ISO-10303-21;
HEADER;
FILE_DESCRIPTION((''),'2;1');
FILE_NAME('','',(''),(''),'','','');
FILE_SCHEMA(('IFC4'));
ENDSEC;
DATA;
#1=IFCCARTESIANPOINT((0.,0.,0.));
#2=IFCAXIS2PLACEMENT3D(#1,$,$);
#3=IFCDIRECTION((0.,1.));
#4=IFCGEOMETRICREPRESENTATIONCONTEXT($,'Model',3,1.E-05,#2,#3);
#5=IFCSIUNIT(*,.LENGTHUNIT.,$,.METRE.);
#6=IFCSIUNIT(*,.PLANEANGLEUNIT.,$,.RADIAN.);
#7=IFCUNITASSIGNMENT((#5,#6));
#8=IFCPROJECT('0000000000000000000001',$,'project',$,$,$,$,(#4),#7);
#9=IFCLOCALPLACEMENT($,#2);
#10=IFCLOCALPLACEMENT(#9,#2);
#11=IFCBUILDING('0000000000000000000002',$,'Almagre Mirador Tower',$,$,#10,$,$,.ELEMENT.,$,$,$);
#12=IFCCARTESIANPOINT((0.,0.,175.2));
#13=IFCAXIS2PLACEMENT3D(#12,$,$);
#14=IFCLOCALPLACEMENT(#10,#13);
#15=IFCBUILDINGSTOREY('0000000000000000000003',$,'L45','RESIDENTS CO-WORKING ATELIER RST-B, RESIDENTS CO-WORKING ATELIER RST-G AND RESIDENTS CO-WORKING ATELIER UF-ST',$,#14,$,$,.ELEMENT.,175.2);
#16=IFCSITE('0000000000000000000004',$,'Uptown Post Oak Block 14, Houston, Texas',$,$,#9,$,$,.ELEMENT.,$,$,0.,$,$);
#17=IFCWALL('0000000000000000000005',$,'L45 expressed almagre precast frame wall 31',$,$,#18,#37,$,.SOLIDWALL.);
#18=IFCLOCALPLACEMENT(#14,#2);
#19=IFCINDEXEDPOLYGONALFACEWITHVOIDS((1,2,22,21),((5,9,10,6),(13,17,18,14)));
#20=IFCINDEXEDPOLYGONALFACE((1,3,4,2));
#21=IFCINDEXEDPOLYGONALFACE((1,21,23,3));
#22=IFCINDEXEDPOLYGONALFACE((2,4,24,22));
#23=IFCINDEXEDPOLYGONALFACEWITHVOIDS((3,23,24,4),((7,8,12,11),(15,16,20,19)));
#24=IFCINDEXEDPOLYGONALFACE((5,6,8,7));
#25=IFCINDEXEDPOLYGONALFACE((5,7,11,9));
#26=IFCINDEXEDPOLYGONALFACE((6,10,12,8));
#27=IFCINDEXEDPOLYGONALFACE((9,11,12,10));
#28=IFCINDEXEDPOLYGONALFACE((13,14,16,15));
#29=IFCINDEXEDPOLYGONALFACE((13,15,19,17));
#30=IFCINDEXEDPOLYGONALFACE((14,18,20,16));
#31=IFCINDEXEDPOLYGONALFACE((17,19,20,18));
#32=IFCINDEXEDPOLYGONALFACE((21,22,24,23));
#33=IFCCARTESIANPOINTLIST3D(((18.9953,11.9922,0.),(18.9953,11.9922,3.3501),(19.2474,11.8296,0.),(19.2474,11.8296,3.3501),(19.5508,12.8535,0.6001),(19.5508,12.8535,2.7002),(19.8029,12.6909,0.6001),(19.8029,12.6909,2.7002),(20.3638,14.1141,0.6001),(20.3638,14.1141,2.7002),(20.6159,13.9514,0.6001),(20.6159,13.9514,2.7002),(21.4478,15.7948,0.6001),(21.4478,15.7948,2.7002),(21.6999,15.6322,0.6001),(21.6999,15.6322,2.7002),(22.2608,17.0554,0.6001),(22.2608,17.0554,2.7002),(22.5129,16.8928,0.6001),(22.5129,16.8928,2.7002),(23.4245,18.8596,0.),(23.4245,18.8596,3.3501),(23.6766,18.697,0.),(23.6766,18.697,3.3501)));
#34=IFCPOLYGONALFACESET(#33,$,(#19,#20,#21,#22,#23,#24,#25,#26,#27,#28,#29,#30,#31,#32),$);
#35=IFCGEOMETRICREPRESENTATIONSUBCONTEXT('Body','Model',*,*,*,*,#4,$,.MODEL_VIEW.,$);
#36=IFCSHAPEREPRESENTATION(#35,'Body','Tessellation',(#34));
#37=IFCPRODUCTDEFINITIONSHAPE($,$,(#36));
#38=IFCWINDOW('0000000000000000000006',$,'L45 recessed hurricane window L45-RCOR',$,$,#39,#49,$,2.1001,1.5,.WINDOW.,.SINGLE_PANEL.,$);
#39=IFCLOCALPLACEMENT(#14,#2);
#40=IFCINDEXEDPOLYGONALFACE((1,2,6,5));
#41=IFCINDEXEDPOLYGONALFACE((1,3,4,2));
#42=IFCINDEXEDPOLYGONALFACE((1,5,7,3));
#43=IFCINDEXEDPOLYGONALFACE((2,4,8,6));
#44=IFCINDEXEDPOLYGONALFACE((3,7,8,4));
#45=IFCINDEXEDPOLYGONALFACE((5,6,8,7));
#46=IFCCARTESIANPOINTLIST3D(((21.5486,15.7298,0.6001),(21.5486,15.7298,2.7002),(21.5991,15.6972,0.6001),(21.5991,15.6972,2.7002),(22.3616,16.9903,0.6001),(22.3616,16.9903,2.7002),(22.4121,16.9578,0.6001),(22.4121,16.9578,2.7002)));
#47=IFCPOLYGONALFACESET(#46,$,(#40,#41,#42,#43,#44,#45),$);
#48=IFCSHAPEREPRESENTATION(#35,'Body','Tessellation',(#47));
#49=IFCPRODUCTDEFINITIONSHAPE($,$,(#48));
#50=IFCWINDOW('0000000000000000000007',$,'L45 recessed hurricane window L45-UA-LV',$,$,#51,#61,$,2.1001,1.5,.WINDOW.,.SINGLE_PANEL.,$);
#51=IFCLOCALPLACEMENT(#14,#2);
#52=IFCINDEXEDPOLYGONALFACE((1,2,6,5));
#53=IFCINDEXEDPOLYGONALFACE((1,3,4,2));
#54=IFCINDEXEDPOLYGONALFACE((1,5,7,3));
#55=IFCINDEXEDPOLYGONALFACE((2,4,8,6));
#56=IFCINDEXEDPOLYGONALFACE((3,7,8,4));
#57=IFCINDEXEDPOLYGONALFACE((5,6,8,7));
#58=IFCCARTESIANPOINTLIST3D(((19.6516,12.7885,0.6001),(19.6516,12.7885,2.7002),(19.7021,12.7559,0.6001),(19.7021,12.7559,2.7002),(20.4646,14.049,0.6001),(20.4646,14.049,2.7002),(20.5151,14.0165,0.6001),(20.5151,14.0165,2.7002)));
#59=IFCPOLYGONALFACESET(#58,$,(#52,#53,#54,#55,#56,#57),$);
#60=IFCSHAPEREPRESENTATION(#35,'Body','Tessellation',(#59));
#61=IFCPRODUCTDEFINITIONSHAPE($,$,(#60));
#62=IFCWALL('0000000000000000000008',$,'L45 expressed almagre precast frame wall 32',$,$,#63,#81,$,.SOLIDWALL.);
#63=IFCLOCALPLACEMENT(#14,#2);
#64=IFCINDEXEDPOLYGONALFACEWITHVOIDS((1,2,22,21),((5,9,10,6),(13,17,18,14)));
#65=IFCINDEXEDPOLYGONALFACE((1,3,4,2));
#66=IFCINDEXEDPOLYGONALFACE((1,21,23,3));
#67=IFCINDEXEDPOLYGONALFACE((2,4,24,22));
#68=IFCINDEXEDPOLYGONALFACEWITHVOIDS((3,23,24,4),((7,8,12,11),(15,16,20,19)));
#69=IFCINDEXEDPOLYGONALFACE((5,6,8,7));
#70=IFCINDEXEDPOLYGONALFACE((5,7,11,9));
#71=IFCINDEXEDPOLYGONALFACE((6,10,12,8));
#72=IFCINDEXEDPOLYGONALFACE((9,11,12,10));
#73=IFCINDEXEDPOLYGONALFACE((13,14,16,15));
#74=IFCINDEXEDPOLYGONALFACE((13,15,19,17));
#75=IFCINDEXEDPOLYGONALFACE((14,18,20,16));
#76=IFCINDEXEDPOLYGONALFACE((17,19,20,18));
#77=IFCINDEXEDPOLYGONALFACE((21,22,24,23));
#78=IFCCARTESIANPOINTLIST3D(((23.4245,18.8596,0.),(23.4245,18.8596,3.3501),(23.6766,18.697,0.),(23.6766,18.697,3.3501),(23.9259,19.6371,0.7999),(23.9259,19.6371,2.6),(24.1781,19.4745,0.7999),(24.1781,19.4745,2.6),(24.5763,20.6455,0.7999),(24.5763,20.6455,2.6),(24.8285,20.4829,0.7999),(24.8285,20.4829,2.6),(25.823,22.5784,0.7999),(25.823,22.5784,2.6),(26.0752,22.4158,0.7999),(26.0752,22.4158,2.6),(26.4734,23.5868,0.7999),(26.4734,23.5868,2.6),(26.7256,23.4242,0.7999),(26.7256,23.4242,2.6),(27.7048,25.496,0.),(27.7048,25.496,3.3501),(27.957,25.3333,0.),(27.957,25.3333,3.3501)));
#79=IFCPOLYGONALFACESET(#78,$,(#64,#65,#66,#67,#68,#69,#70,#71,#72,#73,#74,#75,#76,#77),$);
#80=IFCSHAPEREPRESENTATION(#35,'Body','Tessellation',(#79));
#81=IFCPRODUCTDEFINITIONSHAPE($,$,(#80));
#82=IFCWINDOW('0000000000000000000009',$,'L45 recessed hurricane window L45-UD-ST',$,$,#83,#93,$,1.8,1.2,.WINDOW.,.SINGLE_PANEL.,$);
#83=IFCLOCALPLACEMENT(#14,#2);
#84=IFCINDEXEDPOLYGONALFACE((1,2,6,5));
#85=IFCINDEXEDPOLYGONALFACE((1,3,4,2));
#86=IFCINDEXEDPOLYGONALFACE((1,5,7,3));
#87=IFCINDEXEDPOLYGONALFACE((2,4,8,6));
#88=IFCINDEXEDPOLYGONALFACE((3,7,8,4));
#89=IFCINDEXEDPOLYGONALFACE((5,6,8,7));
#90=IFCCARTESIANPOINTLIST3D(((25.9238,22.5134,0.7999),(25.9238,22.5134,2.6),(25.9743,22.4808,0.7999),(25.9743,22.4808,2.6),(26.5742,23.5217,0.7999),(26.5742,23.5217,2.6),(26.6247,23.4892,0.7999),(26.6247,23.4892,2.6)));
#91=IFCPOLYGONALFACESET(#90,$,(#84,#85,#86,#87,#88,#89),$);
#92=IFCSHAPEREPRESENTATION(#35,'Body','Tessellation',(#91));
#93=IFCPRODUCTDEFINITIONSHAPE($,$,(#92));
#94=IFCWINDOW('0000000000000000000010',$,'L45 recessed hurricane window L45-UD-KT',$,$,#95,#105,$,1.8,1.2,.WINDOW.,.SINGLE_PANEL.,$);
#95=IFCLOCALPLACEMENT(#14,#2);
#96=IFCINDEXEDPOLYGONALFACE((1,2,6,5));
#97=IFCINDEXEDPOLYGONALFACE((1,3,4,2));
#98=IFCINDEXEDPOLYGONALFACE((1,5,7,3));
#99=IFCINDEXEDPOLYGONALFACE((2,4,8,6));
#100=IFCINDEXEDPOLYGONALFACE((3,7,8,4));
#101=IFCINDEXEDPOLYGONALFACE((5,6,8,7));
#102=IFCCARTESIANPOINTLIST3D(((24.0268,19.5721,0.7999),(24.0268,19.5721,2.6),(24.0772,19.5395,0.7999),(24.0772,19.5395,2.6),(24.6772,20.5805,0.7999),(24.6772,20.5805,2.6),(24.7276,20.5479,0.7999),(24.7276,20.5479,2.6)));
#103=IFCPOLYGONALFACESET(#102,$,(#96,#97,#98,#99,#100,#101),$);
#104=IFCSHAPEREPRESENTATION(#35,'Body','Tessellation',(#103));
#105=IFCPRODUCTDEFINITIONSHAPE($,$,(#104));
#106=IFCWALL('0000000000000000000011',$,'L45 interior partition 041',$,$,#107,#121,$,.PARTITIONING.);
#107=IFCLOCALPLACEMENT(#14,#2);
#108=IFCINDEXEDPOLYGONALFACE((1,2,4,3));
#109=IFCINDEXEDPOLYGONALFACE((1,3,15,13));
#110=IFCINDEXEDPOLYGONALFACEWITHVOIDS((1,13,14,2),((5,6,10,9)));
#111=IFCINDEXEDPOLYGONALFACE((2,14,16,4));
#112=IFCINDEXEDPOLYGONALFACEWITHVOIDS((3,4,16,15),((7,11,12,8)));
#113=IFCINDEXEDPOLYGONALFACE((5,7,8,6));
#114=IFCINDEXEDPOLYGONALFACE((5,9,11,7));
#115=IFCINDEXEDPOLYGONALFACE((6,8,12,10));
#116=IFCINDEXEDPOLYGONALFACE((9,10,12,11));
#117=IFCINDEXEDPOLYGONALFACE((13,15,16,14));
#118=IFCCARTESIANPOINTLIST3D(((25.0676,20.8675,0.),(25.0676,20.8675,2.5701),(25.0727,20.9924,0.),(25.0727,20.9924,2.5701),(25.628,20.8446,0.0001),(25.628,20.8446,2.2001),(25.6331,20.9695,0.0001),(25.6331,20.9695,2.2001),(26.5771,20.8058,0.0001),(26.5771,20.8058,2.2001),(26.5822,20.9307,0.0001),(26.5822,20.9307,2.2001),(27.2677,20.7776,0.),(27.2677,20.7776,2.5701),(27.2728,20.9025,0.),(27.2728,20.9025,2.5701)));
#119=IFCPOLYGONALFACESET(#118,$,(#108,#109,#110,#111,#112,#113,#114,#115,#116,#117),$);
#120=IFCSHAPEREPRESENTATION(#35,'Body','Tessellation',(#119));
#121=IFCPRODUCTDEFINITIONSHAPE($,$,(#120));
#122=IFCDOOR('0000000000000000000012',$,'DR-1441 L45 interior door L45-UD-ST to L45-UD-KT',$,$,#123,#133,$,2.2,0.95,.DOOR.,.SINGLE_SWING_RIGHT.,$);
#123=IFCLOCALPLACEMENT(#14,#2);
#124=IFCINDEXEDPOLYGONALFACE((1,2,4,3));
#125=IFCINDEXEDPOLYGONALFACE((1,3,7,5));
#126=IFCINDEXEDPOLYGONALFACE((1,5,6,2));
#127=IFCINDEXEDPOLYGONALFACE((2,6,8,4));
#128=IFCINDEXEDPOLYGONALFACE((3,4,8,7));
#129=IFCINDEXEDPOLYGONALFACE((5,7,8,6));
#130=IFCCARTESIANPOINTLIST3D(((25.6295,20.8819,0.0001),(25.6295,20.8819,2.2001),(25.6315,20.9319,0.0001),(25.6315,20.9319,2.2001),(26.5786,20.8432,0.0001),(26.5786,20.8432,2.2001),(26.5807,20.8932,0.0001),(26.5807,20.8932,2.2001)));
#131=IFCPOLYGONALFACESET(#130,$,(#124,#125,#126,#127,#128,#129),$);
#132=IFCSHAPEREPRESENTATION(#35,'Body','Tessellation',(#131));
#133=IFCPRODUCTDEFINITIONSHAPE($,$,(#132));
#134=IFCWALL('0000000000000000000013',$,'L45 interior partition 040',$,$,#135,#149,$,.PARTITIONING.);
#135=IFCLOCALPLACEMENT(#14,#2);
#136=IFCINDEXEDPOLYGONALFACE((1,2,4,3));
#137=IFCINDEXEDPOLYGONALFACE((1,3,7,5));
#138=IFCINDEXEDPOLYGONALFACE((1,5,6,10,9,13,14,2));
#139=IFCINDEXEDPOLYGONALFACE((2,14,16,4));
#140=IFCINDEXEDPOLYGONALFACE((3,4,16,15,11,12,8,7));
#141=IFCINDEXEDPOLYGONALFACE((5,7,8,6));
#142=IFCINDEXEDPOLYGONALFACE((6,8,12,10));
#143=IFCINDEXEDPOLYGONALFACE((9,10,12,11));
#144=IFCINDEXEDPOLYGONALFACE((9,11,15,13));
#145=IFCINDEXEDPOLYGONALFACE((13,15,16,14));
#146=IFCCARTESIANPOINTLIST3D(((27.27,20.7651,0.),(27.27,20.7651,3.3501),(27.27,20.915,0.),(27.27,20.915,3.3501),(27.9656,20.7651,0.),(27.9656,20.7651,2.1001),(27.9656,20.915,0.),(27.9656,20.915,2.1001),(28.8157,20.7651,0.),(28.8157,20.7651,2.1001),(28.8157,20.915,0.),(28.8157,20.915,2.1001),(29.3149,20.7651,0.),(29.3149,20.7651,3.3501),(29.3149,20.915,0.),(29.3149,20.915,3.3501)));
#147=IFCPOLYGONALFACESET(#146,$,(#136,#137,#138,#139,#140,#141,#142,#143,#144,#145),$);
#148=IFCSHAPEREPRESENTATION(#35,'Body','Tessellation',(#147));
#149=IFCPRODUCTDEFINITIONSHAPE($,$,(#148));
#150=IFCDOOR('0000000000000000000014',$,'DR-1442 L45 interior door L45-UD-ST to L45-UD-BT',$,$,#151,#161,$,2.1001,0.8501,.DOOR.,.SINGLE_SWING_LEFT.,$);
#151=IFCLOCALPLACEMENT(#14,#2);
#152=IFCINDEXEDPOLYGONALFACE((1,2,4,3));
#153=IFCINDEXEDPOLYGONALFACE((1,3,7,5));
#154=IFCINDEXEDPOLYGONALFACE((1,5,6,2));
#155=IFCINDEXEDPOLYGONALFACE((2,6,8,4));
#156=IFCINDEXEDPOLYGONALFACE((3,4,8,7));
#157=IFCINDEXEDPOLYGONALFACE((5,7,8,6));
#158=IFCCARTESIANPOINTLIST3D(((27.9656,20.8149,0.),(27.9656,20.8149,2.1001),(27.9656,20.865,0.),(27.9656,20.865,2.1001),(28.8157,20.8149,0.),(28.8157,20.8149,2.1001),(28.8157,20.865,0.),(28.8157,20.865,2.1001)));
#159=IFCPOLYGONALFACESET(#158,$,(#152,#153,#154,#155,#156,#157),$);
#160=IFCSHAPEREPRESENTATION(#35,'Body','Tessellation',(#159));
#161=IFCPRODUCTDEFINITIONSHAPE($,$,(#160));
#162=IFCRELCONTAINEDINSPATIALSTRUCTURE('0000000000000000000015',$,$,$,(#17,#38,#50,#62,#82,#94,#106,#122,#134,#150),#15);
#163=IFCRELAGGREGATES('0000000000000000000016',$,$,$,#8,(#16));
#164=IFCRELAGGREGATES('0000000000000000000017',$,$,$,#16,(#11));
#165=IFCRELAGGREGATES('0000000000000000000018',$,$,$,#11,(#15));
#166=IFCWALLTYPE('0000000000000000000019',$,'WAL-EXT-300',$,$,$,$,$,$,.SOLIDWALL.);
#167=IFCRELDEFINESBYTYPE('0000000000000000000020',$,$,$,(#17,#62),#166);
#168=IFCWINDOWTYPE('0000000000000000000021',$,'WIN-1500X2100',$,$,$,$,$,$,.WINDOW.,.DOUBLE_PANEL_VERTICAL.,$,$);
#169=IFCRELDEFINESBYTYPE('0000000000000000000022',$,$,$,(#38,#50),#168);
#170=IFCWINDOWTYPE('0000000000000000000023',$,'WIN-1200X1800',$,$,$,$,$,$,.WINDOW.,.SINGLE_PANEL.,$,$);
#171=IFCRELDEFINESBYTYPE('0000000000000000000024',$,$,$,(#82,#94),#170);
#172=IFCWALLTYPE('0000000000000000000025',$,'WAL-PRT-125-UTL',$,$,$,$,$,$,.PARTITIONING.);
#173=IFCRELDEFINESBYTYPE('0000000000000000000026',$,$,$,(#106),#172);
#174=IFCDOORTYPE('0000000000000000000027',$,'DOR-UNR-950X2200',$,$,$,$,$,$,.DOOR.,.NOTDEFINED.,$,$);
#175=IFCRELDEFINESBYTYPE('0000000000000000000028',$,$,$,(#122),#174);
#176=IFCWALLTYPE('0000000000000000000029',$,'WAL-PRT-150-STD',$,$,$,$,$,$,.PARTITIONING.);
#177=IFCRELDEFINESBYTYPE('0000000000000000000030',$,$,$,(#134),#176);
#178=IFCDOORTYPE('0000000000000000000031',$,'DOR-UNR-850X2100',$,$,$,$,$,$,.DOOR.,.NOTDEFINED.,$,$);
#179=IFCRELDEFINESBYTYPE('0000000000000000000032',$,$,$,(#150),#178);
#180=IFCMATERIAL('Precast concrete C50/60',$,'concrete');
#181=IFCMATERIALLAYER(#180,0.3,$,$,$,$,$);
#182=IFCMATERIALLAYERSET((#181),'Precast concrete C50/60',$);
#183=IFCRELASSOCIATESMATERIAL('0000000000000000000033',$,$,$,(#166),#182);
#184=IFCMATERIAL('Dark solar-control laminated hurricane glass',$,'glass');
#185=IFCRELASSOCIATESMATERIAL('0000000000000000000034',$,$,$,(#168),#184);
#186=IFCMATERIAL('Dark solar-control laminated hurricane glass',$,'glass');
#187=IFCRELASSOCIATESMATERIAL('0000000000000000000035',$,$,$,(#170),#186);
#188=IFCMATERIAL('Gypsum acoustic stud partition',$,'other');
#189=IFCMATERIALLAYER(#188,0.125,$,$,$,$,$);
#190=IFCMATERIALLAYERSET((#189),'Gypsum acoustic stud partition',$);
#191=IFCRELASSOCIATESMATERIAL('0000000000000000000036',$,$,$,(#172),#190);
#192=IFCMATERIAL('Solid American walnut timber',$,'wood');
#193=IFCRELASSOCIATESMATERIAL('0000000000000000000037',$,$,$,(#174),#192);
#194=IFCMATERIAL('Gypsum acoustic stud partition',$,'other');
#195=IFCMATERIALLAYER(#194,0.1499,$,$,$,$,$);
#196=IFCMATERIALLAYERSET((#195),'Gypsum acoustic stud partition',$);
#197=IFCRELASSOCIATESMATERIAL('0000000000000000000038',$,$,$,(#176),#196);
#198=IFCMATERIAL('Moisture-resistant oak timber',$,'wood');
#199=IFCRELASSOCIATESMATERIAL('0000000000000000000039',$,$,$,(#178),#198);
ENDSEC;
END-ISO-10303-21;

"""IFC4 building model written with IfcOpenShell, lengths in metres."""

from ifc_helpers import new_model, si_unit, direction, frame, frame_2d, origin, place, context, subcontext, project, spatial, rectangle, extrude, material, layer, layer_set, type_object, element, fill, save


model = new_model("IFC4")

# Units and contexts
model_context = context("Model", 3, precision=1e-05, world=origin(), true_north=direction((0.0, 1.0)))
body_context = subcontext(model_context, "Body", "Model", "MODEL_VIEW")
ifc_project = project(units=[si_unit("LENGTHUNIT", "METRE"), si_unit("PLANEANGLEUNIT", "RADIAN")], contexts=[model_context])

# Site, building, storey
site_placement = place(None, origin())
site = spatial("IfcSite", under=ifc_project, at=site_placement, Name="Uptown Post Oak Block 14, Houston, Texas", CompositionType="ELEMENT", RefElevation=0.0)
building_placement = place(site_placement, origin())
building = spatial("IfcBuilding", under=site, at=building_placement, Name="Almagre Mirador Tower", CompositionType="ELEMENT")
storey_placement = place(building_placement, frame((0.0, 0.0, 175.2)))
storey = spatial("IfcBuildingStorey", under=building, at=storey_placement, Name="L45", Description="RESIDENTS CO-WORKING ATELIER RST-B, RESIDENTS CO-WORKING ATELIER RST-G AND RESIDENTS CO-WORKING ATELIER UF-ST", CompositionType="ELEMENT", Elevation=175.2)

# Walls, openings, windows
ifc_material_1 = material(Name="Precast concrete C50/60", Category="concrete")
ifc_layer_1 = layer(ifc_material_1, 0.3)
ifc_layer_set_1 = layer_set([ifc_layer_1], Name="Precast concrete C50/60")
wall_type_1 = type_object("IfcWallType", Name="WAL-EXT-300", PredefinedType="SOLIDWALL", material=ifc_layer_set_1)
wall_1_placement = place(storey_placement, frame((19.1213, 11.9109, 0.0), z_axis=(0.0, 0.0, 1.0), x_axis=(0.542006, 0.840375, 0.0)))
wall_1 = element("IfcWall", 1, at=wall_1_placement, inside=storey, type_object=wall_type_1, Name="L45 expressed almagre precast frame wall 31", PredefinedType="SOLIDWALL", context=body_context, shape_type="SweptSolid", body=[
    extrude(rectangle(XDim=8.1719, YDim=0.3, at=frame_2d((4.0859, 0.0))), origin(), (0.0, 0.0, 1.0), 3.3501),
])
opening_1_placement = place(wall_1_placement, frame((4.5249, 0.0, 0.6001)))
opening_1 = element("IfcOpeningElement", 2, at=opening_1_placement, cuts=wall_1, PredefinedType="OPENING", context=body_context, shape_type="SweptSolid", body=[
    extrude(rectangle(XDim=1.5, YDim=2.1001, at=frame_2d((0.75, 1.05))), frame((0.0, 0.1599, 0.0), z_axis=(0.0, -1.0, 0.0), x_axis=(1.0, 0.0, 0.0)), (0.0, 0.0, 1.0), 0.32),
])
opening_2_placement = place(wall_1_placement, frame((1.0249, 0.0, 0.6001)))
opening_2 = element("IfcOpeningElement", 3, at=opening_2_placement, cuts=wall_1, PredefinedType="OPENING", context=body_context, shape_type="SweptSolid", body=[
    extrude(rectangle(XDim=1.5, YDim=2.1001, at=frame_2d((0.75, 1.05))), frame((0.0, 0.1599, 0.0), z_axis=(0.0, -1.0, 0.0), x_axis=(1.0, 0.0, 0.0)), (0.0, 0.0, 1.0), 0.32),
])
ifc_material_2 = material(Name="Dark solar-control laminated hurricane glass", Category="glass")
window_type_1 = type_object("IfcWindowType", Name="WIN-1500X2100", PartitioningType="DOUBLE_PANEL_VERTICAL", PredefinedType="WINDOW", material=ifc_material_2)
window_1_placement = place(opening_1_placement, origin())
window_1 = element("IfcWindow", 4, at=window_1_placement, inside=storey, type_object=window_type_1, Name="L45 recessed hurricane window L45-RCOR", OverallHeight=2.1001, OverallWidth=1.5, PartitioningType="SINGLE_PANEL", PredefinedType="WINDOW", context=body_context, shape_type="SweptSolid", body=[
    extrude(rectangle(XDim=1.5, YDim=2.1001, at=frame_2d((0.75, 1.05))), frame((0.0, 0.03, 0.0), z_axis=(0.0, -1.0, 0.0), x_axis=(1.0, 0.0, 0.0)), (0.0, 0.0, 1.0), 0.0601),
])
fill(opening_1, window_1)
window_2_placement = place(opening_2_placement, origin())
window_2 = element("IfcWindow", 5, at=window_2_placement, inside=storey, type_object=window_type_1, Name="L45 recessed hurricane window L45-UA-LV", OverallHeight=2.1001, OverallWidth=1.5, PartitioningType="SINGLE_PANEL", PredefinedType="WINDOW", context=body_context, shape_type="SweptSolid", body=[
    extrude(rectangle(XDim=1.5, YDim=2.1001, at=frame_2d((0.75, 1.05))), frame((0.0, 0.03, 0.0), z_axis=(0.0, -1.0, 0.0), x_axis=(1.0, 0.0, 0.0)), (0.0, 0.0, 1.0), 0.0601),
])
fill(opening_2, window_2)
wall_2_placement = place(storey_placement, frame((23.5505, 18.7783, 0.0), z_axis=(0.0, 0.0, 1.0), x_axis=(0.542023, 0.840364, 0.0)))
wall_2 = element("IfcWall", 6, at=wall_2_placement, inside=storey, type_object=wall_type_1, Name="L45 expressed almagre precast frame wall 32", PredefinedType="SOLIDWALL", context=body_context, shape_type="SweptSolid", body=[
    extrude(rectangle(XDim=7.897, YDim=0.3, at=frame_2d((3.9485, 0.0))), origin(), (0.0, 0.0, 1.0), 3.3501),
])
opening_3_placement = place(wall_2_placement, frame((4.425, 0.0, 0.8)))
opening_3 = element("IfcOpeningElement", 7, at=opening_3_placement, cuts=wall_2, PredefinedType="OPENING", context=body_context, shape_type="SweptSolid", body=[
    extrude(rectangle(XDim=1.2, YDim=1.8, at=frame_2d((0.6001, 0.8999))), frame((0.0, 0.1599, 0.0), z_axis=(0.0, -1.0, 0.0), x_axis=(1.0, 0.0, 0.0)), (0.0, 0.0, 1.0), 0.32),
])
opening_4_placement = place(wall_2_placement, frame((0.925, 0.0, 0.8)))
opening_4 = element("IfcOpeningElement", 8, at=opening_4_placement, cuts=wall_2, PredefinedType="OPENING", context=body_context, shape_type="SweptSolid", body=[
    extrude(rectangle(XDim=1.2, YDim=1.8, at=frame_2d((0.6001, 0.8999))), frame((0.0, 0.1599, 0.0), z_axis=(0.0, -1.0, 0.0), x_axis=(1.0, 0.0, 0.0)), (0.0, 0.0, 1.0), 0.32),
])
ifc_material_3 = material(Name="Dark solar-control laminated hurricane glass", Category="glass")
window_type_2 = type_object("IfcWindowType", Name="WIN-1200X1800", PartitioningType="SINGLE_PANEL", PredefinedType="WINDOW", material=ifc_material_3)
window_3_placement = place(opening_3_placement, origin())
window_3 = element("IfcWindow", 9, at=window_3_placement, inside=storey, type_object=window_type_2, Name="L45 recessed hurricane window L45-UD-ST", OverallHeight=1.8, OverallWidth=1.2, PartitioningType="SINGLE_PANEL", PredefinedType="WINDOW", context=body_context, shape_type="SweptSolid", body=[
    extrude(rectangle(XDim=1.2, YDim=1.8, at=frame_2d((0.6001, 0.8999))), frame((0.0, 0.03, 0.0), z_axis=(0.0, -1.0, 0.0), x_axis=(1.0, 0.0, 0.0)), (0.0, 0.0, 1.0), 0.0601),
])
fill(opening_3, window_3)
window_4_placement = place(opening_4_placement, origin())
window_4 = element("IfcWindow", 10, at=window_4_placement, inside=storey, type_object=window_type_2, Name="L45 recessed hurricane window L45-UD-KT", OverallHeight=1.8, OverallWidth=1.2, PartitioningType="SINGLE_PANEL", PredefinedType="WINDOW", context=body_context, shape_type="SweptSolid", body=[
    extrude(rectangle(XDim=1.2, YDim=1.8, at=frame_2d((0.6001, 0.8999))), frame((0.0, 0.03, 0.0), z_axis=(0.0, -1.0, 0.0), x_axis=(1.0, 0.0, 0.0)), (0.0, 0.0, 1.0), 0.0601),
])
fill(opening_4, window_4)

# Walls, openings, doors
ifc_material_4 = material(Name="Gypsum acoustic stud partition", Category="other")
ifc_layer_2 = layer(ifc_material_4, 0.125)
ifc_layer_set_2 = layer_set([ifc_layer_2], Name="Gypsum acoustic stud partition")
wall_type_2 = type_object("IfcWallType", Name="WAL-PRT-125-UTL", PredefinedType="PARTITIONING", material=ifc_layer_set_2)
wall_3_placement = place(storey_placement, frame((25.0701, 20.9299, 0.0), z_axis=(0.0, 0.0, 1.0), x_axis=(0.999167, -0.040805, 0.0)))
wall_3 = element("IfcWall", 11, at=wall_3_placement, inside=storey, type_object=wall_type_2, Name="L45 interior partition 041", PredefinedType="PARTITIONING", context=body_context, shape_type="SweptSolid", body=[
    extrude(rectangle(XDim=2.2019, YDim=0.125, at=frame_2d((1.1011, 0.0))), origin(), (0.0, 0.0, 1.0), 2.5701),
])
opening_5_placement = place(wall_3_placement, frame((0.5608, 0.0, 0.0)))
opening_5 = element("IfcOpeningElement", 12, at=opening_5_placement, cuts=wall_3, PredefinedType="OPENING", context=body_context, shape_type="SweptSolid", body=[
    extrude(rectangle(XDim=0.95, YDim=2.2, at=frame_2d((0.4751, 1.1001))), frame((0.0, 0.0725, 0.0), z_axis=(0.0, -1.0, 0.0), x_axis=(1.0, 0.0, 0.0)), (0.0, 0.0, 1.0), 0.145),
])
ifc_material_5 = material(Name="Solid American walnut timber", Category="wood")
door_type_1 = type_object("IfcDoorType", Name="DOR-UNR-950X2200", OperationType="NOTDEFINED", PredefinedType="DOOR", material=ifc_material_5)
door_1_placement = place(opening_5_placement, origin())
door_1 = element("IfcDoor", 13, at=door_1_placement, inside=storey, type_object=door_type_1, Name="DR-1441 L45 interior door L45-UD-ST to L45-UD-KT", OperationType="SINGLE_SWING_RIGHT", OverallHeight=2.2, OverallWidth=0.95, PredefinedType="DOOR", context=body_context, shape_type="SweptSolid", body=[
    extrude(rectangle(XDim=0.95, YDim=2.2, at=frame_2d((0.4751, 1.1001))), frame((0.0, 0.0249, 0.0), z_axis=(0.0, -1.0, 0.0), x_axis=(1.0, 0.0, 0.0)), (0.0, 0.0, 1.0), 0.05),
])
fill(opening_5, door_1)
ifc_material_6 = material(Name="Gypsum acoustic stud partition", Category="other")
ifc_layer_3 = layer(ifc_material_6, 0.1499)
ifc_layer_set_3 = layer_set([ifc_layer_3], Name="Gypsum acoustic stud partition")
wall_type_3 = type_object("IfcWallType", Name="WAL-PRT-150-STD", PredefinedType="PARTITIONING", material=ifc_layer_set_3)
wall_4_placement = place(storey_placement, frame((27.27, 20.8401, 0.0), z_axis=(0.0, 0.0, 1.0), x_axis=(1.0, 0.0, 0.0)))
wall_4 = element("IfcWall", 14, at=wall_4_placement, inside=storey, type_object=wall_type_3, Name="L45 interior partition 040", PredefinedType="PARTITIONING", context=body_context, shape_type="SweptSolid", body=[
    extrude(rectangle(XDim=2.0449, YDim=0.1499, at=frame_2d((1.0225, 0.0))), origin(), (0.0, 0.0, 1.0), 3.3501),
])
opening_6_placement = place(wall_4_placement, frame((0.6956, 0.0, 0.0)))
opening_6 = element("IfcOpeningElement", 15, at=opening_6_placement, cuts=wall_4, PredefinedType="OPENING", context=body_context, shape_type="SweptSolid", body=[
    extrude(rectangle(XDim=0.8501, YDim=2.1001, at=frame_2d((0.425, 1.05))), frame((0.0, 0.085, 0.0), z_axis=(0.0, -1.0, 0.0), x_axis=(1.0, 0.0, 0.0)), (0.0, 0.0, 1.0), 0.1699),
])
ifc_material_7 = material(Name="Moisture-resistant oak timber", Category="wood")
door_type_2 = type_object("IfcDoorType", Name="DOR-UNR-850X2100", OperationType="NOTDEFINED", PredefinedType="DOOR", material=ifc_material_7)
door_2_placement = place(opening_6_placement, origin())
door_2 = element("IfcDoor", 16, at=door_2_placement, inside=storey, type_object=door_type_2, Name="DR-1442 L45 interior door L45-UD-ST to L45-UD-BT", OperationType="SINGLE_SWING_LEFT", OverallHeight=2.1001, OverallWidth=0.8501, PredefinedType="DOOR", context=body_context, shape_type="SweptSolid", body=[
    extrude(rectangle(XDim=0.8501, YDim=2.1001, at=frame_2d((0.425, 1.05))), frame((0.0, 0.0249, 0.0), z_axis=(0.0, -1.0, 0.0), x_axis=(1.0, 0.0, 0.0)), (0.0, 0.0, 1.0), 0.05),
])
fill(opening_6, door_2)

save(model, "model.ifc")
